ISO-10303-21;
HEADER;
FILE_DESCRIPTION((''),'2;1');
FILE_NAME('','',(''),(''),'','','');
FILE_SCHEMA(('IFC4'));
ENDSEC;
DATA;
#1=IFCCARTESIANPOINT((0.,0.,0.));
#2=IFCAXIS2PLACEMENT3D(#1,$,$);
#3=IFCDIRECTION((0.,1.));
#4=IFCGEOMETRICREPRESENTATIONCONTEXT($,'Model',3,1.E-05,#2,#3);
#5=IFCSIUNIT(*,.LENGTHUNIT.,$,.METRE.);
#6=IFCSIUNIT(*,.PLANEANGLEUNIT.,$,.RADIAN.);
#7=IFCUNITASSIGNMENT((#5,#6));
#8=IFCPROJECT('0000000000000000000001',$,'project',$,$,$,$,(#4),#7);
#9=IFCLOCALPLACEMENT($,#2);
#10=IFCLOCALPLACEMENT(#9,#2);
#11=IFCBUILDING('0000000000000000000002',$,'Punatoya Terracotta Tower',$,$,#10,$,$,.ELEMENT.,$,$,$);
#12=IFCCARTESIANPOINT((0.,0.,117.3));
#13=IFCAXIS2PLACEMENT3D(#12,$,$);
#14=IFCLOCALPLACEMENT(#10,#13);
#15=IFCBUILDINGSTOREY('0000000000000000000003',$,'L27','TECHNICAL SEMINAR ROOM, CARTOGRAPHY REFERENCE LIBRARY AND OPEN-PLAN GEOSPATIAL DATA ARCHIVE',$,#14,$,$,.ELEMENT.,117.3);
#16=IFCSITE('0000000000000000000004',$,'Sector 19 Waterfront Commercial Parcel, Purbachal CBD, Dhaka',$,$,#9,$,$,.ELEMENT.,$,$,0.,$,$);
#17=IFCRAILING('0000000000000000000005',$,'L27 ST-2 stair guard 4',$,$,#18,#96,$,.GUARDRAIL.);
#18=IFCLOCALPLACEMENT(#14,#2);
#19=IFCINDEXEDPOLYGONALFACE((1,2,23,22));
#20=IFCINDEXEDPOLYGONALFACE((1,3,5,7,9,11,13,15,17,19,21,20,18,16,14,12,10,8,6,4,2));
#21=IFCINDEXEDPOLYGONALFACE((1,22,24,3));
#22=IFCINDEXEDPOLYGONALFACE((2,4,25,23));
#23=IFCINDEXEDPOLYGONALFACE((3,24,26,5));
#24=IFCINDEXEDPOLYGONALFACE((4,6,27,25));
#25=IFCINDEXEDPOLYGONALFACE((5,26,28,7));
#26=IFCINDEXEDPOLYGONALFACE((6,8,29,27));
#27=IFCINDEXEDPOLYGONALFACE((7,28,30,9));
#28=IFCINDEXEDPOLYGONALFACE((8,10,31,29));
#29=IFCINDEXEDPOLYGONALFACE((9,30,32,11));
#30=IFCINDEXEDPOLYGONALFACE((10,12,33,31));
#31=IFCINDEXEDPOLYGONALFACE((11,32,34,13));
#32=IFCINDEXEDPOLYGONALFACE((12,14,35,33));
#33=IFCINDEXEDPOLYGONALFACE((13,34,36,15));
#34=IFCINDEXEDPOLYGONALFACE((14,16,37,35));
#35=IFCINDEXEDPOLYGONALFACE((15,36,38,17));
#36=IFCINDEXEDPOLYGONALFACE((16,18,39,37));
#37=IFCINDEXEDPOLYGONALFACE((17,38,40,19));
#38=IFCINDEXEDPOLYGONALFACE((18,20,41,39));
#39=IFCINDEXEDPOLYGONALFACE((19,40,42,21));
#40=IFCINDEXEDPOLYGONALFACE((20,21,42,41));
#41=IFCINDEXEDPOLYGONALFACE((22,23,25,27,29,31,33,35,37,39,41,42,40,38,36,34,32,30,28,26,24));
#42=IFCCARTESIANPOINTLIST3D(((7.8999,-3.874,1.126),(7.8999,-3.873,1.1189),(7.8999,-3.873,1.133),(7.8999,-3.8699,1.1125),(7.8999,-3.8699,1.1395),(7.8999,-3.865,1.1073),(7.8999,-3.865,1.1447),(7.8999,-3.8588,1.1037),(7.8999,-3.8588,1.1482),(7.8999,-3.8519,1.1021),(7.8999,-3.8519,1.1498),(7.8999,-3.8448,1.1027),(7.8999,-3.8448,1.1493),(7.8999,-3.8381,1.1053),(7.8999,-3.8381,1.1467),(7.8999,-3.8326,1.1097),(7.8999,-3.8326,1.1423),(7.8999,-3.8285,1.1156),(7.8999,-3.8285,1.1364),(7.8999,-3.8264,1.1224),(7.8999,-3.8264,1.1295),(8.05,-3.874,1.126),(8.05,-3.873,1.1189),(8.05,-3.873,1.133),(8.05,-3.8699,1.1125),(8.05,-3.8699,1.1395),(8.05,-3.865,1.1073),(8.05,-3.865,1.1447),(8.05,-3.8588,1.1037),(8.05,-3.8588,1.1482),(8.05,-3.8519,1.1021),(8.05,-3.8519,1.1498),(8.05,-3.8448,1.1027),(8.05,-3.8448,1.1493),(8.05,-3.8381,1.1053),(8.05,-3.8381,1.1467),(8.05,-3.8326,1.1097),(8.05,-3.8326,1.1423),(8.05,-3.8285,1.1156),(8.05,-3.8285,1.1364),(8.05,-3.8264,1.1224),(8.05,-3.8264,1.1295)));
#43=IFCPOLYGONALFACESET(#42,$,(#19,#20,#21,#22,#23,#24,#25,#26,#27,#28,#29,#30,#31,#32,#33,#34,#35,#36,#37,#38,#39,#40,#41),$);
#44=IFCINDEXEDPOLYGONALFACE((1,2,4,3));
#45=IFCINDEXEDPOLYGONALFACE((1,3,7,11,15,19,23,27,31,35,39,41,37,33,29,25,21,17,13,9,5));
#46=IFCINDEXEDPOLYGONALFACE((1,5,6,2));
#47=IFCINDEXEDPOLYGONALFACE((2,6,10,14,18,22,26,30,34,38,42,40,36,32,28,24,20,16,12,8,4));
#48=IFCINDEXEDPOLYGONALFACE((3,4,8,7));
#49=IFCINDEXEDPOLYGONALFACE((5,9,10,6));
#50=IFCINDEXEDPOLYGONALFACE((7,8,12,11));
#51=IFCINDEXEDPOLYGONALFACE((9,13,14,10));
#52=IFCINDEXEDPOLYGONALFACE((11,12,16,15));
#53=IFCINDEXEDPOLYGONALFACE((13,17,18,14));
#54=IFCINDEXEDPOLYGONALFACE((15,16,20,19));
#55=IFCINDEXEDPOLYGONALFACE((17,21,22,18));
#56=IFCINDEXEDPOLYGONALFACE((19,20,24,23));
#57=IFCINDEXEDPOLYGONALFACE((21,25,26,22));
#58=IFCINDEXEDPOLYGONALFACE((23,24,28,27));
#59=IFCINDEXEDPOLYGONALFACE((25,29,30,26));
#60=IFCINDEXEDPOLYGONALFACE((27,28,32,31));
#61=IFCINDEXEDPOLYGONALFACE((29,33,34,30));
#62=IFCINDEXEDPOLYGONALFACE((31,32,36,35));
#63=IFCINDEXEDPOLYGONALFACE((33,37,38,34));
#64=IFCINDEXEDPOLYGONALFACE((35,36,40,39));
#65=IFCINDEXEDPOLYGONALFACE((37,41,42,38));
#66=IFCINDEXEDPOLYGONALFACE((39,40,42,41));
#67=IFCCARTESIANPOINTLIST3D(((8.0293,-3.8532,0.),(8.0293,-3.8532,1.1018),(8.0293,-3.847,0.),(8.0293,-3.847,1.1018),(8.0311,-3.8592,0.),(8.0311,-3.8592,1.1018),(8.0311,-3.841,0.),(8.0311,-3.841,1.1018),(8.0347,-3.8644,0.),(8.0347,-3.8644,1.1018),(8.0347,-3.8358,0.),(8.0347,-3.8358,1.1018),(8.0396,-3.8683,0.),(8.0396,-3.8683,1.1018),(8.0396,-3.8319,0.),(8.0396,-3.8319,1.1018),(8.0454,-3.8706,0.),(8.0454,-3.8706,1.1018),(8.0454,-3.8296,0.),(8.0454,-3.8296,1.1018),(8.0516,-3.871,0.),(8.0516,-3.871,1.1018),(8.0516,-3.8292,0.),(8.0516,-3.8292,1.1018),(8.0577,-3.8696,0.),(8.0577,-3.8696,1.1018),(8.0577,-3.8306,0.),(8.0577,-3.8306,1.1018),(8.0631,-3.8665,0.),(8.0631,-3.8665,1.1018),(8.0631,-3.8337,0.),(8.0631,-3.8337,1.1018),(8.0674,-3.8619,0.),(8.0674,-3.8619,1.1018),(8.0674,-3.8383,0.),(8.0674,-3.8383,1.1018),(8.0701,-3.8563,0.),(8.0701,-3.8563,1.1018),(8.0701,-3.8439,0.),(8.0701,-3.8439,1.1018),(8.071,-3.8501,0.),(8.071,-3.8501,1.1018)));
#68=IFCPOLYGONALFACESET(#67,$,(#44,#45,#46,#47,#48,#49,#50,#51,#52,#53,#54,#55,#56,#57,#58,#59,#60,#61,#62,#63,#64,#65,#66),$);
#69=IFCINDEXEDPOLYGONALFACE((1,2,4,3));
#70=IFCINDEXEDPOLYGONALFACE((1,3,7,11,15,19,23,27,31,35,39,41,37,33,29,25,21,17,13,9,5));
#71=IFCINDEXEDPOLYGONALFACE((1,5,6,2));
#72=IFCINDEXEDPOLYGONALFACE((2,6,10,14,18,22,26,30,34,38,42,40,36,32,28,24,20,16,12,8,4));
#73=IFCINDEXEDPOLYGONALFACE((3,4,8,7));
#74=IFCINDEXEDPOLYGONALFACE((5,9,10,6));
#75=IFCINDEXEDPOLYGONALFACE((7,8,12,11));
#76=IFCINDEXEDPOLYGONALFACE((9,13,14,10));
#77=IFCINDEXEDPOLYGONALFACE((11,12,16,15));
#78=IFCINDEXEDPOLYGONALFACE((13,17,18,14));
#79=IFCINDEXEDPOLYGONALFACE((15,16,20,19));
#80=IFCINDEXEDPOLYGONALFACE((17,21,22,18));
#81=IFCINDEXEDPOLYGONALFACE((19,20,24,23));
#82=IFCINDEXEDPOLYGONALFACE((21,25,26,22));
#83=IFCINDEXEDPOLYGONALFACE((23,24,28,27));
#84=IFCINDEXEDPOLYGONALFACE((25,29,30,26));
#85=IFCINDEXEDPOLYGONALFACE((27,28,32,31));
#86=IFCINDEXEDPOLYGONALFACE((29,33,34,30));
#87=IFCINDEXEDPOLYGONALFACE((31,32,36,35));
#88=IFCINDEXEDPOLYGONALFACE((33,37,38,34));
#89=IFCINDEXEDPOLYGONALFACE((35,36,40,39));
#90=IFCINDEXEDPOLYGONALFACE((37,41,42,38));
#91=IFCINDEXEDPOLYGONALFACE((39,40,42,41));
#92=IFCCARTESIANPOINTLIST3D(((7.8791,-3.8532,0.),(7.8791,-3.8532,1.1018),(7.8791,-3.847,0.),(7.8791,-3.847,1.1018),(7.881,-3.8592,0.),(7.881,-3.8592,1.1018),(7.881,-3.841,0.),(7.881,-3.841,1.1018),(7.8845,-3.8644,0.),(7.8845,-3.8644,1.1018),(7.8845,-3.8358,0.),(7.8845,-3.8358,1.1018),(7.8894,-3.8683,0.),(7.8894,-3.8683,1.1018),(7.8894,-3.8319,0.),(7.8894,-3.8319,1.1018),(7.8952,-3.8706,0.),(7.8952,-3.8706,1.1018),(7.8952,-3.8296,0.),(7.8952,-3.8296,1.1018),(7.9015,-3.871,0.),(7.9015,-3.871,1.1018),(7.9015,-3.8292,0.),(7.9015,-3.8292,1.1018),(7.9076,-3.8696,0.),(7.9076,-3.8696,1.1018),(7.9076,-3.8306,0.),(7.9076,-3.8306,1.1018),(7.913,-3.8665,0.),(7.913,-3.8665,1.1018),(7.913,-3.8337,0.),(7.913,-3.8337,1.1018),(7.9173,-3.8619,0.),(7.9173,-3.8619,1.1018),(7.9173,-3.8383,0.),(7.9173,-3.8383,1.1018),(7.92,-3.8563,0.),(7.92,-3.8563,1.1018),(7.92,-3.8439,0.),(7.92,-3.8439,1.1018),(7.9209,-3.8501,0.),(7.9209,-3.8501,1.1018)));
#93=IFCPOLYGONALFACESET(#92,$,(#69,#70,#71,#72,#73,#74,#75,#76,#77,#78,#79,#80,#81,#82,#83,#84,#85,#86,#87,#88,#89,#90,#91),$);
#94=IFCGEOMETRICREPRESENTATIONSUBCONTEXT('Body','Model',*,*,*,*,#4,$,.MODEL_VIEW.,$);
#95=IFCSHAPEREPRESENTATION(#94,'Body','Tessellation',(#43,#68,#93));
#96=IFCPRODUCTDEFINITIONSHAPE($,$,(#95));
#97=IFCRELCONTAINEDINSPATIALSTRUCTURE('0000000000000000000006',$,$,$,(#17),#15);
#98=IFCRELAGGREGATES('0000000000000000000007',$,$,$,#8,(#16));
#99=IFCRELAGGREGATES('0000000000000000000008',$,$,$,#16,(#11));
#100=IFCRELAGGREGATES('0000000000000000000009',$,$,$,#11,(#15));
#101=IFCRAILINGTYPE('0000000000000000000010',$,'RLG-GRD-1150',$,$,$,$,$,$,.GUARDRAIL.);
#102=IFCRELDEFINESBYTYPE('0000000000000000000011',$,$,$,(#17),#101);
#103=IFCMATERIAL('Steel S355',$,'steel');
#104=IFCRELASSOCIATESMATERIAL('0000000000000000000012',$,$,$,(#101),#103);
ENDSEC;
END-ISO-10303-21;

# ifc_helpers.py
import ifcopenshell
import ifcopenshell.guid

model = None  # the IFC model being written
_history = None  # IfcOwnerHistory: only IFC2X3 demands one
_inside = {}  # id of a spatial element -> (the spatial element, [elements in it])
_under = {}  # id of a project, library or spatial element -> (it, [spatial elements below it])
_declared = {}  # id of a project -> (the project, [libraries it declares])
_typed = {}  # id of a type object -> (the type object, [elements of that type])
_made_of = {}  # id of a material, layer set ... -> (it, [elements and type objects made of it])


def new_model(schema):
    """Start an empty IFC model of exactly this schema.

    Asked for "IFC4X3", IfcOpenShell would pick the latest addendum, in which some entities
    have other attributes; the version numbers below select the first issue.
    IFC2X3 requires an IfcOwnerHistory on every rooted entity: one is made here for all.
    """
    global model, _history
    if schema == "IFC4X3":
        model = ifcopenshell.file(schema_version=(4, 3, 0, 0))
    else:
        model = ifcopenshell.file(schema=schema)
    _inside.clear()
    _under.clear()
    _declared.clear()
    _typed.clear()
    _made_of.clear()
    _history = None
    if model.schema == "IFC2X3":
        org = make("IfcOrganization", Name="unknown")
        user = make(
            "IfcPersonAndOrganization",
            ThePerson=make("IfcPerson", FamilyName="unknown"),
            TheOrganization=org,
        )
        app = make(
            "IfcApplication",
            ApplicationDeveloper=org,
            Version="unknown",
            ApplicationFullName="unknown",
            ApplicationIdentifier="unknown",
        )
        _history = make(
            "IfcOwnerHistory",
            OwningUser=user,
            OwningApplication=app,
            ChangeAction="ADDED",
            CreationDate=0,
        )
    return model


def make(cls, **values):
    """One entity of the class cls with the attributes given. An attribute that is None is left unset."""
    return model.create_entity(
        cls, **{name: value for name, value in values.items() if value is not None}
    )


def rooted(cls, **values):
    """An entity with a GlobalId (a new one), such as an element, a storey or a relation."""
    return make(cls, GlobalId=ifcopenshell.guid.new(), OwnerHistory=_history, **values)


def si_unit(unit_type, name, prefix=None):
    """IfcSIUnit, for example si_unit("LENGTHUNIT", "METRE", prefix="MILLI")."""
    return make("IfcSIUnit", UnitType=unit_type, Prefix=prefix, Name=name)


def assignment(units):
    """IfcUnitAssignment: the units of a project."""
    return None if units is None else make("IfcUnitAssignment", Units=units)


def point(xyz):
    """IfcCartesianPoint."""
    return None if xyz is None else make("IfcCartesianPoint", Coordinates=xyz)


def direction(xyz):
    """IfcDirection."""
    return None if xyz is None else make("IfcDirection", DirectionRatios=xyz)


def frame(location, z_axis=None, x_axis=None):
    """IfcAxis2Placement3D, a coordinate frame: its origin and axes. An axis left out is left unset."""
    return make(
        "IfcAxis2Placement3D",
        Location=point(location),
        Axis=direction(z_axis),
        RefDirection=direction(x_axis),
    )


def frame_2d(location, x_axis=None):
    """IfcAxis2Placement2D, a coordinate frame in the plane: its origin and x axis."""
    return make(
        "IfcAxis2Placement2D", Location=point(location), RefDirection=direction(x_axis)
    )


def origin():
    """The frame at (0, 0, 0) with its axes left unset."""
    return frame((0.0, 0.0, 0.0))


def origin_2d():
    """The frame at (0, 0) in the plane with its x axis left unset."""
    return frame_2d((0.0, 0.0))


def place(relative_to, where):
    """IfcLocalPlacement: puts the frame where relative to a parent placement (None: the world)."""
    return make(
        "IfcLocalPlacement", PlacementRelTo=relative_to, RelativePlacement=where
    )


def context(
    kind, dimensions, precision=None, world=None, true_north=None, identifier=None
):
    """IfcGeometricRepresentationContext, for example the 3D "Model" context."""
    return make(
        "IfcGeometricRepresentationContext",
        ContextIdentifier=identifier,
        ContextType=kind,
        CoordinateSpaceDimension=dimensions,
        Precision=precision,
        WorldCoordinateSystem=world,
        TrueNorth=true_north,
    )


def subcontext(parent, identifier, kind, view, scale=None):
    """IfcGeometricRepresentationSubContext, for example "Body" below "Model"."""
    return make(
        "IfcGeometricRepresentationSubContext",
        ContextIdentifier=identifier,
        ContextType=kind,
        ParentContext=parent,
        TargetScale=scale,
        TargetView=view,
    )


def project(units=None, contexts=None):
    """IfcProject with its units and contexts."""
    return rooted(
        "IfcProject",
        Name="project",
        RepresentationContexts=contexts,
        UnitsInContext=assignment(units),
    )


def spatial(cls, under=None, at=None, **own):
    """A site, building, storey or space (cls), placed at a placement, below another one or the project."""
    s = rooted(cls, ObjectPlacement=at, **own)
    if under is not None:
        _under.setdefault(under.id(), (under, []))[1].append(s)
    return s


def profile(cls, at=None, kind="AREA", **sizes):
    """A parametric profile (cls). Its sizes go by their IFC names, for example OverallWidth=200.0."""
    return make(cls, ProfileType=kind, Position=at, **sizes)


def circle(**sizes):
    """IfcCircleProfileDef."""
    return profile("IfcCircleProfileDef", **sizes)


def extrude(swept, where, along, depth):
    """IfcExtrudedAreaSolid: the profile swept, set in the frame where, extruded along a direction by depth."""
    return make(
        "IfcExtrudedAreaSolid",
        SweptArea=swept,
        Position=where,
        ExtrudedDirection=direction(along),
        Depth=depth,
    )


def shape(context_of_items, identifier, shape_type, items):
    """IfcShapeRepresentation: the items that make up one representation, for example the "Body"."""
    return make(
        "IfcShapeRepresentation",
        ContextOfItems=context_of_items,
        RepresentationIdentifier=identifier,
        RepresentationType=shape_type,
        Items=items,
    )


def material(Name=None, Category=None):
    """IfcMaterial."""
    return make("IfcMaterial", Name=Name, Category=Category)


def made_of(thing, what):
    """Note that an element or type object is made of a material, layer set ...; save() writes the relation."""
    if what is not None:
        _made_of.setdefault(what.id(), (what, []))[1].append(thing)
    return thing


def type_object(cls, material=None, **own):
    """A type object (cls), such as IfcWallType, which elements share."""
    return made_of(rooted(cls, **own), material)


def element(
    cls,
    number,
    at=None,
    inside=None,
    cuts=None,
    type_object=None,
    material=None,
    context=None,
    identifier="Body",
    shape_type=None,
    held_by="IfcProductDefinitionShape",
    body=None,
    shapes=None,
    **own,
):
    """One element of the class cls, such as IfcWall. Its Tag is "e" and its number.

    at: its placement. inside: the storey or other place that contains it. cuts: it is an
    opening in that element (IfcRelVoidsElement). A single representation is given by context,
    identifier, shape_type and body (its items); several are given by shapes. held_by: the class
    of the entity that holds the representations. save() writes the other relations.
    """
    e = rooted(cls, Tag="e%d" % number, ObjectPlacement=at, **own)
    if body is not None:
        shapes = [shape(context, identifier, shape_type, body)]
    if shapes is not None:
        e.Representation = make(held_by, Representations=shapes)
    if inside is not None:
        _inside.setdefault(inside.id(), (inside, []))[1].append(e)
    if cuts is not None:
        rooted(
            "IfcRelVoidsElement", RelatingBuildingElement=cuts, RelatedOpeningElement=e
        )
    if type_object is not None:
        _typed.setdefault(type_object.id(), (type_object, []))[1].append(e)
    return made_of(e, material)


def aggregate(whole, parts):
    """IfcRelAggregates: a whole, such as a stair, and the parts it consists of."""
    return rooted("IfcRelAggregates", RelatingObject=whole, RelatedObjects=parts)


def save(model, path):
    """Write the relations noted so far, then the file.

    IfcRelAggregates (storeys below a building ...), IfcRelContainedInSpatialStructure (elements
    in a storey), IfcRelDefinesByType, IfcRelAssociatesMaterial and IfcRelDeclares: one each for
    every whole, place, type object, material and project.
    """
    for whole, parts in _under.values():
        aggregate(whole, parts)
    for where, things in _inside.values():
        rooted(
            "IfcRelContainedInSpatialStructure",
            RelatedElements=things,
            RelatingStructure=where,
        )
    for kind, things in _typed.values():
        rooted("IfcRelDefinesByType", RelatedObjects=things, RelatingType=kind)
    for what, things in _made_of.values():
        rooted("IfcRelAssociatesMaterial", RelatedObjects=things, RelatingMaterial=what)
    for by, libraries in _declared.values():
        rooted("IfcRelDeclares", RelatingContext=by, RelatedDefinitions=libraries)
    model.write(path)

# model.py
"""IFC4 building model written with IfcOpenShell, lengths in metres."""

from ifc_helpers import new_model, si_unit, direction, frame, origin, origin_2d, place, context, subcontext, project, spatial, circle, extrude, material, type_object, element, save


model = new_model("IFC4")

# Units and contexts
model_context = context("Model", 3, precision=1e-05, world=origin(), true_north=direction((0.0, 1.0)))
body_context = subcontext(model_context, "Body", "Model", "MODEL_VIEW")
ifc_project = project(units=[si_unit("LENGTHUNIT", "METRE"), si_unit("PLANEANGLEUNIT", "RADIAN")], contexts=[model_context])

# Site, building, storey
site_placement = place(None, origin())
site = spatial("IfcSite", under=ifc_project, at=site_placement, Name="Sector 19 Waterfront Commercial Parcel, Purbachal CBD, Dhaka", CompositionType="ELEMENT", RefElevation=0.0)
building_placement = place(site_placement, origin())
building = spatial("IfcBuilding", under=site, at=building_placement, Name="Punatoya Terracotta Tower", CompositionType="ELEMENT")
storey_placement = place(building_placement, frame((0.0, 0.0, 117.3)))
storey = spatial("IfcBuildingStorey", under=building, at=storey_placement, Name="L27", Description="TECHNICAL SEMINAR ROOM, CARTOGRAPHY REFERENCE LIBRARY AND OPEN-PLAN GEOSPATIAL DATA ARCHIVE", CompositionType="ELEMENT", Elevation=117.3)

# Shared definitions
ifc_material_1 = material(Name="Steel S355", Category="steel")

# Railing
railing_type_1 = type_object("IfcRailingType", Name="RLG-GRD-1150", PredefinedType="GUARDRAIL", material=ifc_material_1)
railing_1_placement = place(storey_placement, frame((8.05, -3.8501, 0.0)))
element("IfcRailing", 1, at=railing_1_placement, inside=storey, type_object=railing_type_1, Name="L27 ST-2 stair guard 4", PredefinedType="GUARDRAIL", context=body_context, shape_type="SweptSolid", body=[
    extrude(circle(Radius=0.0239, at=origin_2d()), frame((0.0, 0.0, 1.126), z_axis=(-1.0, 0.0, 0.0), x_axis=(0.0, -1.0, 0.0)), (0.0, 0.0, 1.0), 0.1501),
    extrude(circle(Radius=0.021, at=origin_2d()), origin(), (0.0, 0.0, 1.0), 1.1018),
    extrude(circle(Radius=0.021, at=origin_2d()), frame((-0.1501, 0.0, 0.0)), (0.0, 0.0, 1.0), 1.1018),
])

save(model, "model.ifc")
